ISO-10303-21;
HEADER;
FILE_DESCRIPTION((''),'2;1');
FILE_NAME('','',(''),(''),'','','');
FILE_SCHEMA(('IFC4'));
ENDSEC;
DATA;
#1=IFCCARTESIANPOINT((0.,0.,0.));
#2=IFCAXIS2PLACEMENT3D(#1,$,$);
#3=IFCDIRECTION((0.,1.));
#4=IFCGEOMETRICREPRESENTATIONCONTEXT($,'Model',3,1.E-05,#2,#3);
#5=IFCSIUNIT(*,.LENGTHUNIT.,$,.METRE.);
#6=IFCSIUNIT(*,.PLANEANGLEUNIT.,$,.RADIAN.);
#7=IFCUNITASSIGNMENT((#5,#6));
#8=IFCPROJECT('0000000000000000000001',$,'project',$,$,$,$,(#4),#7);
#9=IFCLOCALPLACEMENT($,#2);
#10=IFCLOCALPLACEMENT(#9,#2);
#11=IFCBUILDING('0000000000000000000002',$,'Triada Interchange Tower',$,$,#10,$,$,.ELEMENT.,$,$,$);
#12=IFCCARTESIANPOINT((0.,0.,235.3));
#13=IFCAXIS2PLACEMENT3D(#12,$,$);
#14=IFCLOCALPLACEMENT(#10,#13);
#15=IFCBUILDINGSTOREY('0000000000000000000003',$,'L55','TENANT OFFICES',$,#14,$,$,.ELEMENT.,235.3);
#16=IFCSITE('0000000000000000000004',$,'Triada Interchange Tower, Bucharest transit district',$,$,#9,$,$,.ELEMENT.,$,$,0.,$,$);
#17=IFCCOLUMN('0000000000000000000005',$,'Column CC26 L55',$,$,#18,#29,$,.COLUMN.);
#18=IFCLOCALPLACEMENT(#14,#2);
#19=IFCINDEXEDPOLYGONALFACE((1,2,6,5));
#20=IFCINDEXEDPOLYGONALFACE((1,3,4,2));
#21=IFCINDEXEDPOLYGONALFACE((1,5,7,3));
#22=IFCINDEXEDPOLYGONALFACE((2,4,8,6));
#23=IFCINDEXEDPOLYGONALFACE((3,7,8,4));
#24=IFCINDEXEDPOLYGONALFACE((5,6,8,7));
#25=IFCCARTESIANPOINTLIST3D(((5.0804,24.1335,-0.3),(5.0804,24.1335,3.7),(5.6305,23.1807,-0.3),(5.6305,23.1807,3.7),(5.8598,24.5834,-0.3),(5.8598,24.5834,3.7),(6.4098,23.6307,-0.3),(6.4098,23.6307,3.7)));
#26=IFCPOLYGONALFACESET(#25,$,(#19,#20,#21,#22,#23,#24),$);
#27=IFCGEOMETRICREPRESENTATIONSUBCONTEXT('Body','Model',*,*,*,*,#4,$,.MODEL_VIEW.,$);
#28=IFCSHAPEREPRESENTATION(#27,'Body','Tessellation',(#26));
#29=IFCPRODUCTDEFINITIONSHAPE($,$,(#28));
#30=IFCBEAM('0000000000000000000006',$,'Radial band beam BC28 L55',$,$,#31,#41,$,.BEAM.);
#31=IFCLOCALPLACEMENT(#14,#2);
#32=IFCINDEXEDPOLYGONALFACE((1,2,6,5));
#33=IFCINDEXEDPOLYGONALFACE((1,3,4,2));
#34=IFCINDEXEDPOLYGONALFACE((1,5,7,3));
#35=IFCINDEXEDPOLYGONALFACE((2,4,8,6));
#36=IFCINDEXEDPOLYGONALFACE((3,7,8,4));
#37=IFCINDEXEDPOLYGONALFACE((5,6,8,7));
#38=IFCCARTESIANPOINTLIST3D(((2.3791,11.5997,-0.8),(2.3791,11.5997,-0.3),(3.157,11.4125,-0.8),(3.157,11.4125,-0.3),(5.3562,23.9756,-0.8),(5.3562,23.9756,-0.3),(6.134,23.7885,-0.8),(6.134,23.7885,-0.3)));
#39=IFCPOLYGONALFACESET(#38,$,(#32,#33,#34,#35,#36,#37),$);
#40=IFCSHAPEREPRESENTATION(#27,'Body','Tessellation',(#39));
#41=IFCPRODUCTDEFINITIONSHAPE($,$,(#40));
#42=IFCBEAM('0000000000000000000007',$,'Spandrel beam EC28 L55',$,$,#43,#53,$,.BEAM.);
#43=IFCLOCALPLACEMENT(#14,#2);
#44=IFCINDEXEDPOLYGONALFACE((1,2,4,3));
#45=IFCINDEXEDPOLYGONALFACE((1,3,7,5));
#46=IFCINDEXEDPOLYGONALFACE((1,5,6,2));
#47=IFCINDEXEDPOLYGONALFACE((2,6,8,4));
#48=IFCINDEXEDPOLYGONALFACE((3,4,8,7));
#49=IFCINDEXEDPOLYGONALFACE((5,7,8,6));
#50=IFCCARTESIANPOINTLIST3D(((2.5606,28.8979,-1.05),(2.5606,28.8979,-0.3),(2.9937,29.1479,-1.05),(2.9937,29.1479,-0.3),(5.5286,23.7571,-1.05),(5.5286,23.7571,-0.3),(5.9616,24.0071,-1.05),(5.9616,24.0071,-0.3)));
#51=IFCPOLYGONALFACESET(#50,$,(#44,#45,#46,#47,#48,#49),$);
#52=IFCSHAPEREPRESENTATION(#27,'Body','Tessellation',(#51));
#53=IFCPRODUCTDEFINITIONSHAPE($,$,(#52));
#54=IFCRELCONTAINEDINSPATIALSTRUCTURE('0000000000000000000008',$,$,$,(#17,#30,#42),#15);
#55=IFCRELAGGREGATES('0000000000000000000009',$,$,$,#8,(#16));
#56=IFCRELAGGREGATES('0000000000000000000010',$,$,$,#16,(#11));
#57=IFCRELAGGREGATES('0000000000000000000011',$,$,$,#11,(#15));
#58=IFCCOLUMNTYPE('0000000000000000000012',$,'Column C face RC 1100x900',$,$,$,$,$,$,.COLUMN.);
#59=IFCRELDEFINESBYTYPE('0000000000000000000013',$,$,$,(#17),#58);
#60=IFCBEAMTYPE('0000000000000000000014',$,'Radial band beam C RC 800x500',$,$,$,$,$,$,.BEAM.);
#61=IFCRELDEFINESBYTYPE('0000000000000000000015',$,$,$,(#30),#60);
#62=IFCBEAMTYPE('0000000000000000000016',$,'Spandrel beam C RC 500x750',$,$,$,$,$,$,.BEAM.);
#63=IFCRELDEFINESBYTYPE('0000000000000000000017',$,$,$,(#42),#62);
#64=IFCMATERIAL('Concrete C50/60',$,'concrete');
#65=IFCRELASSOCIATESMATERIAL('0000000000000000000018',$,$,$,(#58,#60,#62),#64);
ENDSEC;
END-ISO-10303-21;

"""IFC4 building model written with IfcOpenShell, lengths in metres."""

from ifc_helpers import new_model, si_unit, direction, frame, origin, origin_2d, place, context, subcontext, project, spatial, rectangle, extrude, material, material_profile, profile_set, type_object, element, save


model = new_model("IFC4")

# Units and contexts
model_context = context("Model", 3, precision=1e-05, world=origin(), true_north=direction((0.0, 1.0)))
body_context = subcontext(model_context, "Body", "Model", "MODEL_VIEW")
ifc_project = project(units=[si_unit("LENGTHUNIT", "METRE"), si_unit("PLANEANGLEUNIT", "RADIAN")], contexts=[model_context])

# Site, building, storey
site_placement = place(None, origin())
site = spatial("IfcSite", under=ifc_project, at=site_placement, Name="Triada Interchange Tower, Bucharest transit district", CompositionType="ELEMENT", RefElevation=0.0)
building_placement = place(site_placement, origin())
building = spatial("IfcBuilding", under=site, at=building_placement, Name="Triada Interchange Tower", CompositionType="ELEMENT")
storey_placement = place(building_placement, frame((0.0, 0.0, 235.3)))
storey = spatial("IfcBuildingStorey", under=building, at=storey_placement, Name="L55", Description="TENANT OFFICES", CompositionType="ELEMENT", Elevation=235.3)

# Column
ifc_material_1 = material(Name="Concrete C50/60", Category="concrete")
ifc_material_profile_1 = material_profile(ifc_material_1, rectangle(XDim=1.1001, YDim=0.8999, at=origin_2d()), Name="RC 1100x900")
ifc_profile_set_1 = profile_set([ifc_material_profile_1], Name="Concrete C50/60")
column_type = type_object("IfcColumnType", Name="Column C face RC 1100x900", PredefinedType="COLUMN", material=ifc_profile_set_1)
column_placement = place(storey_placement, frame((5.7451, 23.8821, -0.3), z_axis=(0.0, 0.0, 1.0), x_axis=(-0.5, 0.866025, 0.0)))
element("IfcColumn", 1, at=column_placement, inside=storey, type_object=column_type, Name="Column CC26 L55", PredefinedType="COLUMN", context=body_context, shape_type="SweptSolid", body=[
    extrude(rectangle(XDim=1.1001, YDim=0.8999, at=origin_2d()), origin(), (0.0, 0.0, 1.0), 4.0),
])

# Beams
ifc_material_profile_2 = material_profile(ifc_material_1, rectangle(XDim=0.8, YDim=0.5, at=origin_2d()), Name="RC 800x500")
ifc_profile_set_2 = profile_set([ifc_material_profile_2], Name="Concrete C50/60")
beam_type_1 = type_object("IfcBeamType", Name="Radial band beam C RC 800x500", PredefinedType="BEAM", material=ifc_profile_set_2)
beam_1_placement = place(storey_placement, frame((5.7451, 23.8821, -0.55), z_axis=(-0.233879, -0.972266, 0.0), x_axis=(0.972266, -0.233879, 0.0)))
element("IfcBeam", 2, at=beam_1_placement, inside=storey, type_object=beam_type_1, Name="Radial band beam BC28 L55", PredefinedType="BEAM", context=body_context, shape_type="SweptSolid", body=[
    extrude(rectangle(XDim=0.8, YDim=0.5, at=origin_2d()), origin(), (0.0, 0.0, 1.0), 12.729),
])
ifc_material_profile_3 = material_profile(ifc_material_1, rectangle(XDim=0.5, YDim=0.75, at=origin_2d()), Name="RC 500x750")
ifc_profile_set_3 = profile_set([ifc_material_profile_3], Name="Concrete C50/60")
beam_type_2 = type_object("IfcBeamType", Name="Spandrel beam C RC 500x750", PredefinedType="BEAM", material=ifc_profile_set_3)
beam_2_placement = place(storey_placement, frame((5.7451, 23.8821, -0.675), z_axis=(-0.499992, 0.86603, 0.0), x_axis=(-0.86603, -0.499992, 0.0)))
element("IfcBeam", 3, at=beam_2_placement, inside=storey, type_object=beam_type_2, Name="Spandrel beam EC28 L55", PredefinedType="BEAM", context=body_context, shape_type="SweptSolid", body=[
    extrude(rectangle(XDim=0.5, YDim=0.75, at=origin_2d()), origin(), (0.0, 0.0, 1.0), 5.936),
])

save(model, "model.ifc")
